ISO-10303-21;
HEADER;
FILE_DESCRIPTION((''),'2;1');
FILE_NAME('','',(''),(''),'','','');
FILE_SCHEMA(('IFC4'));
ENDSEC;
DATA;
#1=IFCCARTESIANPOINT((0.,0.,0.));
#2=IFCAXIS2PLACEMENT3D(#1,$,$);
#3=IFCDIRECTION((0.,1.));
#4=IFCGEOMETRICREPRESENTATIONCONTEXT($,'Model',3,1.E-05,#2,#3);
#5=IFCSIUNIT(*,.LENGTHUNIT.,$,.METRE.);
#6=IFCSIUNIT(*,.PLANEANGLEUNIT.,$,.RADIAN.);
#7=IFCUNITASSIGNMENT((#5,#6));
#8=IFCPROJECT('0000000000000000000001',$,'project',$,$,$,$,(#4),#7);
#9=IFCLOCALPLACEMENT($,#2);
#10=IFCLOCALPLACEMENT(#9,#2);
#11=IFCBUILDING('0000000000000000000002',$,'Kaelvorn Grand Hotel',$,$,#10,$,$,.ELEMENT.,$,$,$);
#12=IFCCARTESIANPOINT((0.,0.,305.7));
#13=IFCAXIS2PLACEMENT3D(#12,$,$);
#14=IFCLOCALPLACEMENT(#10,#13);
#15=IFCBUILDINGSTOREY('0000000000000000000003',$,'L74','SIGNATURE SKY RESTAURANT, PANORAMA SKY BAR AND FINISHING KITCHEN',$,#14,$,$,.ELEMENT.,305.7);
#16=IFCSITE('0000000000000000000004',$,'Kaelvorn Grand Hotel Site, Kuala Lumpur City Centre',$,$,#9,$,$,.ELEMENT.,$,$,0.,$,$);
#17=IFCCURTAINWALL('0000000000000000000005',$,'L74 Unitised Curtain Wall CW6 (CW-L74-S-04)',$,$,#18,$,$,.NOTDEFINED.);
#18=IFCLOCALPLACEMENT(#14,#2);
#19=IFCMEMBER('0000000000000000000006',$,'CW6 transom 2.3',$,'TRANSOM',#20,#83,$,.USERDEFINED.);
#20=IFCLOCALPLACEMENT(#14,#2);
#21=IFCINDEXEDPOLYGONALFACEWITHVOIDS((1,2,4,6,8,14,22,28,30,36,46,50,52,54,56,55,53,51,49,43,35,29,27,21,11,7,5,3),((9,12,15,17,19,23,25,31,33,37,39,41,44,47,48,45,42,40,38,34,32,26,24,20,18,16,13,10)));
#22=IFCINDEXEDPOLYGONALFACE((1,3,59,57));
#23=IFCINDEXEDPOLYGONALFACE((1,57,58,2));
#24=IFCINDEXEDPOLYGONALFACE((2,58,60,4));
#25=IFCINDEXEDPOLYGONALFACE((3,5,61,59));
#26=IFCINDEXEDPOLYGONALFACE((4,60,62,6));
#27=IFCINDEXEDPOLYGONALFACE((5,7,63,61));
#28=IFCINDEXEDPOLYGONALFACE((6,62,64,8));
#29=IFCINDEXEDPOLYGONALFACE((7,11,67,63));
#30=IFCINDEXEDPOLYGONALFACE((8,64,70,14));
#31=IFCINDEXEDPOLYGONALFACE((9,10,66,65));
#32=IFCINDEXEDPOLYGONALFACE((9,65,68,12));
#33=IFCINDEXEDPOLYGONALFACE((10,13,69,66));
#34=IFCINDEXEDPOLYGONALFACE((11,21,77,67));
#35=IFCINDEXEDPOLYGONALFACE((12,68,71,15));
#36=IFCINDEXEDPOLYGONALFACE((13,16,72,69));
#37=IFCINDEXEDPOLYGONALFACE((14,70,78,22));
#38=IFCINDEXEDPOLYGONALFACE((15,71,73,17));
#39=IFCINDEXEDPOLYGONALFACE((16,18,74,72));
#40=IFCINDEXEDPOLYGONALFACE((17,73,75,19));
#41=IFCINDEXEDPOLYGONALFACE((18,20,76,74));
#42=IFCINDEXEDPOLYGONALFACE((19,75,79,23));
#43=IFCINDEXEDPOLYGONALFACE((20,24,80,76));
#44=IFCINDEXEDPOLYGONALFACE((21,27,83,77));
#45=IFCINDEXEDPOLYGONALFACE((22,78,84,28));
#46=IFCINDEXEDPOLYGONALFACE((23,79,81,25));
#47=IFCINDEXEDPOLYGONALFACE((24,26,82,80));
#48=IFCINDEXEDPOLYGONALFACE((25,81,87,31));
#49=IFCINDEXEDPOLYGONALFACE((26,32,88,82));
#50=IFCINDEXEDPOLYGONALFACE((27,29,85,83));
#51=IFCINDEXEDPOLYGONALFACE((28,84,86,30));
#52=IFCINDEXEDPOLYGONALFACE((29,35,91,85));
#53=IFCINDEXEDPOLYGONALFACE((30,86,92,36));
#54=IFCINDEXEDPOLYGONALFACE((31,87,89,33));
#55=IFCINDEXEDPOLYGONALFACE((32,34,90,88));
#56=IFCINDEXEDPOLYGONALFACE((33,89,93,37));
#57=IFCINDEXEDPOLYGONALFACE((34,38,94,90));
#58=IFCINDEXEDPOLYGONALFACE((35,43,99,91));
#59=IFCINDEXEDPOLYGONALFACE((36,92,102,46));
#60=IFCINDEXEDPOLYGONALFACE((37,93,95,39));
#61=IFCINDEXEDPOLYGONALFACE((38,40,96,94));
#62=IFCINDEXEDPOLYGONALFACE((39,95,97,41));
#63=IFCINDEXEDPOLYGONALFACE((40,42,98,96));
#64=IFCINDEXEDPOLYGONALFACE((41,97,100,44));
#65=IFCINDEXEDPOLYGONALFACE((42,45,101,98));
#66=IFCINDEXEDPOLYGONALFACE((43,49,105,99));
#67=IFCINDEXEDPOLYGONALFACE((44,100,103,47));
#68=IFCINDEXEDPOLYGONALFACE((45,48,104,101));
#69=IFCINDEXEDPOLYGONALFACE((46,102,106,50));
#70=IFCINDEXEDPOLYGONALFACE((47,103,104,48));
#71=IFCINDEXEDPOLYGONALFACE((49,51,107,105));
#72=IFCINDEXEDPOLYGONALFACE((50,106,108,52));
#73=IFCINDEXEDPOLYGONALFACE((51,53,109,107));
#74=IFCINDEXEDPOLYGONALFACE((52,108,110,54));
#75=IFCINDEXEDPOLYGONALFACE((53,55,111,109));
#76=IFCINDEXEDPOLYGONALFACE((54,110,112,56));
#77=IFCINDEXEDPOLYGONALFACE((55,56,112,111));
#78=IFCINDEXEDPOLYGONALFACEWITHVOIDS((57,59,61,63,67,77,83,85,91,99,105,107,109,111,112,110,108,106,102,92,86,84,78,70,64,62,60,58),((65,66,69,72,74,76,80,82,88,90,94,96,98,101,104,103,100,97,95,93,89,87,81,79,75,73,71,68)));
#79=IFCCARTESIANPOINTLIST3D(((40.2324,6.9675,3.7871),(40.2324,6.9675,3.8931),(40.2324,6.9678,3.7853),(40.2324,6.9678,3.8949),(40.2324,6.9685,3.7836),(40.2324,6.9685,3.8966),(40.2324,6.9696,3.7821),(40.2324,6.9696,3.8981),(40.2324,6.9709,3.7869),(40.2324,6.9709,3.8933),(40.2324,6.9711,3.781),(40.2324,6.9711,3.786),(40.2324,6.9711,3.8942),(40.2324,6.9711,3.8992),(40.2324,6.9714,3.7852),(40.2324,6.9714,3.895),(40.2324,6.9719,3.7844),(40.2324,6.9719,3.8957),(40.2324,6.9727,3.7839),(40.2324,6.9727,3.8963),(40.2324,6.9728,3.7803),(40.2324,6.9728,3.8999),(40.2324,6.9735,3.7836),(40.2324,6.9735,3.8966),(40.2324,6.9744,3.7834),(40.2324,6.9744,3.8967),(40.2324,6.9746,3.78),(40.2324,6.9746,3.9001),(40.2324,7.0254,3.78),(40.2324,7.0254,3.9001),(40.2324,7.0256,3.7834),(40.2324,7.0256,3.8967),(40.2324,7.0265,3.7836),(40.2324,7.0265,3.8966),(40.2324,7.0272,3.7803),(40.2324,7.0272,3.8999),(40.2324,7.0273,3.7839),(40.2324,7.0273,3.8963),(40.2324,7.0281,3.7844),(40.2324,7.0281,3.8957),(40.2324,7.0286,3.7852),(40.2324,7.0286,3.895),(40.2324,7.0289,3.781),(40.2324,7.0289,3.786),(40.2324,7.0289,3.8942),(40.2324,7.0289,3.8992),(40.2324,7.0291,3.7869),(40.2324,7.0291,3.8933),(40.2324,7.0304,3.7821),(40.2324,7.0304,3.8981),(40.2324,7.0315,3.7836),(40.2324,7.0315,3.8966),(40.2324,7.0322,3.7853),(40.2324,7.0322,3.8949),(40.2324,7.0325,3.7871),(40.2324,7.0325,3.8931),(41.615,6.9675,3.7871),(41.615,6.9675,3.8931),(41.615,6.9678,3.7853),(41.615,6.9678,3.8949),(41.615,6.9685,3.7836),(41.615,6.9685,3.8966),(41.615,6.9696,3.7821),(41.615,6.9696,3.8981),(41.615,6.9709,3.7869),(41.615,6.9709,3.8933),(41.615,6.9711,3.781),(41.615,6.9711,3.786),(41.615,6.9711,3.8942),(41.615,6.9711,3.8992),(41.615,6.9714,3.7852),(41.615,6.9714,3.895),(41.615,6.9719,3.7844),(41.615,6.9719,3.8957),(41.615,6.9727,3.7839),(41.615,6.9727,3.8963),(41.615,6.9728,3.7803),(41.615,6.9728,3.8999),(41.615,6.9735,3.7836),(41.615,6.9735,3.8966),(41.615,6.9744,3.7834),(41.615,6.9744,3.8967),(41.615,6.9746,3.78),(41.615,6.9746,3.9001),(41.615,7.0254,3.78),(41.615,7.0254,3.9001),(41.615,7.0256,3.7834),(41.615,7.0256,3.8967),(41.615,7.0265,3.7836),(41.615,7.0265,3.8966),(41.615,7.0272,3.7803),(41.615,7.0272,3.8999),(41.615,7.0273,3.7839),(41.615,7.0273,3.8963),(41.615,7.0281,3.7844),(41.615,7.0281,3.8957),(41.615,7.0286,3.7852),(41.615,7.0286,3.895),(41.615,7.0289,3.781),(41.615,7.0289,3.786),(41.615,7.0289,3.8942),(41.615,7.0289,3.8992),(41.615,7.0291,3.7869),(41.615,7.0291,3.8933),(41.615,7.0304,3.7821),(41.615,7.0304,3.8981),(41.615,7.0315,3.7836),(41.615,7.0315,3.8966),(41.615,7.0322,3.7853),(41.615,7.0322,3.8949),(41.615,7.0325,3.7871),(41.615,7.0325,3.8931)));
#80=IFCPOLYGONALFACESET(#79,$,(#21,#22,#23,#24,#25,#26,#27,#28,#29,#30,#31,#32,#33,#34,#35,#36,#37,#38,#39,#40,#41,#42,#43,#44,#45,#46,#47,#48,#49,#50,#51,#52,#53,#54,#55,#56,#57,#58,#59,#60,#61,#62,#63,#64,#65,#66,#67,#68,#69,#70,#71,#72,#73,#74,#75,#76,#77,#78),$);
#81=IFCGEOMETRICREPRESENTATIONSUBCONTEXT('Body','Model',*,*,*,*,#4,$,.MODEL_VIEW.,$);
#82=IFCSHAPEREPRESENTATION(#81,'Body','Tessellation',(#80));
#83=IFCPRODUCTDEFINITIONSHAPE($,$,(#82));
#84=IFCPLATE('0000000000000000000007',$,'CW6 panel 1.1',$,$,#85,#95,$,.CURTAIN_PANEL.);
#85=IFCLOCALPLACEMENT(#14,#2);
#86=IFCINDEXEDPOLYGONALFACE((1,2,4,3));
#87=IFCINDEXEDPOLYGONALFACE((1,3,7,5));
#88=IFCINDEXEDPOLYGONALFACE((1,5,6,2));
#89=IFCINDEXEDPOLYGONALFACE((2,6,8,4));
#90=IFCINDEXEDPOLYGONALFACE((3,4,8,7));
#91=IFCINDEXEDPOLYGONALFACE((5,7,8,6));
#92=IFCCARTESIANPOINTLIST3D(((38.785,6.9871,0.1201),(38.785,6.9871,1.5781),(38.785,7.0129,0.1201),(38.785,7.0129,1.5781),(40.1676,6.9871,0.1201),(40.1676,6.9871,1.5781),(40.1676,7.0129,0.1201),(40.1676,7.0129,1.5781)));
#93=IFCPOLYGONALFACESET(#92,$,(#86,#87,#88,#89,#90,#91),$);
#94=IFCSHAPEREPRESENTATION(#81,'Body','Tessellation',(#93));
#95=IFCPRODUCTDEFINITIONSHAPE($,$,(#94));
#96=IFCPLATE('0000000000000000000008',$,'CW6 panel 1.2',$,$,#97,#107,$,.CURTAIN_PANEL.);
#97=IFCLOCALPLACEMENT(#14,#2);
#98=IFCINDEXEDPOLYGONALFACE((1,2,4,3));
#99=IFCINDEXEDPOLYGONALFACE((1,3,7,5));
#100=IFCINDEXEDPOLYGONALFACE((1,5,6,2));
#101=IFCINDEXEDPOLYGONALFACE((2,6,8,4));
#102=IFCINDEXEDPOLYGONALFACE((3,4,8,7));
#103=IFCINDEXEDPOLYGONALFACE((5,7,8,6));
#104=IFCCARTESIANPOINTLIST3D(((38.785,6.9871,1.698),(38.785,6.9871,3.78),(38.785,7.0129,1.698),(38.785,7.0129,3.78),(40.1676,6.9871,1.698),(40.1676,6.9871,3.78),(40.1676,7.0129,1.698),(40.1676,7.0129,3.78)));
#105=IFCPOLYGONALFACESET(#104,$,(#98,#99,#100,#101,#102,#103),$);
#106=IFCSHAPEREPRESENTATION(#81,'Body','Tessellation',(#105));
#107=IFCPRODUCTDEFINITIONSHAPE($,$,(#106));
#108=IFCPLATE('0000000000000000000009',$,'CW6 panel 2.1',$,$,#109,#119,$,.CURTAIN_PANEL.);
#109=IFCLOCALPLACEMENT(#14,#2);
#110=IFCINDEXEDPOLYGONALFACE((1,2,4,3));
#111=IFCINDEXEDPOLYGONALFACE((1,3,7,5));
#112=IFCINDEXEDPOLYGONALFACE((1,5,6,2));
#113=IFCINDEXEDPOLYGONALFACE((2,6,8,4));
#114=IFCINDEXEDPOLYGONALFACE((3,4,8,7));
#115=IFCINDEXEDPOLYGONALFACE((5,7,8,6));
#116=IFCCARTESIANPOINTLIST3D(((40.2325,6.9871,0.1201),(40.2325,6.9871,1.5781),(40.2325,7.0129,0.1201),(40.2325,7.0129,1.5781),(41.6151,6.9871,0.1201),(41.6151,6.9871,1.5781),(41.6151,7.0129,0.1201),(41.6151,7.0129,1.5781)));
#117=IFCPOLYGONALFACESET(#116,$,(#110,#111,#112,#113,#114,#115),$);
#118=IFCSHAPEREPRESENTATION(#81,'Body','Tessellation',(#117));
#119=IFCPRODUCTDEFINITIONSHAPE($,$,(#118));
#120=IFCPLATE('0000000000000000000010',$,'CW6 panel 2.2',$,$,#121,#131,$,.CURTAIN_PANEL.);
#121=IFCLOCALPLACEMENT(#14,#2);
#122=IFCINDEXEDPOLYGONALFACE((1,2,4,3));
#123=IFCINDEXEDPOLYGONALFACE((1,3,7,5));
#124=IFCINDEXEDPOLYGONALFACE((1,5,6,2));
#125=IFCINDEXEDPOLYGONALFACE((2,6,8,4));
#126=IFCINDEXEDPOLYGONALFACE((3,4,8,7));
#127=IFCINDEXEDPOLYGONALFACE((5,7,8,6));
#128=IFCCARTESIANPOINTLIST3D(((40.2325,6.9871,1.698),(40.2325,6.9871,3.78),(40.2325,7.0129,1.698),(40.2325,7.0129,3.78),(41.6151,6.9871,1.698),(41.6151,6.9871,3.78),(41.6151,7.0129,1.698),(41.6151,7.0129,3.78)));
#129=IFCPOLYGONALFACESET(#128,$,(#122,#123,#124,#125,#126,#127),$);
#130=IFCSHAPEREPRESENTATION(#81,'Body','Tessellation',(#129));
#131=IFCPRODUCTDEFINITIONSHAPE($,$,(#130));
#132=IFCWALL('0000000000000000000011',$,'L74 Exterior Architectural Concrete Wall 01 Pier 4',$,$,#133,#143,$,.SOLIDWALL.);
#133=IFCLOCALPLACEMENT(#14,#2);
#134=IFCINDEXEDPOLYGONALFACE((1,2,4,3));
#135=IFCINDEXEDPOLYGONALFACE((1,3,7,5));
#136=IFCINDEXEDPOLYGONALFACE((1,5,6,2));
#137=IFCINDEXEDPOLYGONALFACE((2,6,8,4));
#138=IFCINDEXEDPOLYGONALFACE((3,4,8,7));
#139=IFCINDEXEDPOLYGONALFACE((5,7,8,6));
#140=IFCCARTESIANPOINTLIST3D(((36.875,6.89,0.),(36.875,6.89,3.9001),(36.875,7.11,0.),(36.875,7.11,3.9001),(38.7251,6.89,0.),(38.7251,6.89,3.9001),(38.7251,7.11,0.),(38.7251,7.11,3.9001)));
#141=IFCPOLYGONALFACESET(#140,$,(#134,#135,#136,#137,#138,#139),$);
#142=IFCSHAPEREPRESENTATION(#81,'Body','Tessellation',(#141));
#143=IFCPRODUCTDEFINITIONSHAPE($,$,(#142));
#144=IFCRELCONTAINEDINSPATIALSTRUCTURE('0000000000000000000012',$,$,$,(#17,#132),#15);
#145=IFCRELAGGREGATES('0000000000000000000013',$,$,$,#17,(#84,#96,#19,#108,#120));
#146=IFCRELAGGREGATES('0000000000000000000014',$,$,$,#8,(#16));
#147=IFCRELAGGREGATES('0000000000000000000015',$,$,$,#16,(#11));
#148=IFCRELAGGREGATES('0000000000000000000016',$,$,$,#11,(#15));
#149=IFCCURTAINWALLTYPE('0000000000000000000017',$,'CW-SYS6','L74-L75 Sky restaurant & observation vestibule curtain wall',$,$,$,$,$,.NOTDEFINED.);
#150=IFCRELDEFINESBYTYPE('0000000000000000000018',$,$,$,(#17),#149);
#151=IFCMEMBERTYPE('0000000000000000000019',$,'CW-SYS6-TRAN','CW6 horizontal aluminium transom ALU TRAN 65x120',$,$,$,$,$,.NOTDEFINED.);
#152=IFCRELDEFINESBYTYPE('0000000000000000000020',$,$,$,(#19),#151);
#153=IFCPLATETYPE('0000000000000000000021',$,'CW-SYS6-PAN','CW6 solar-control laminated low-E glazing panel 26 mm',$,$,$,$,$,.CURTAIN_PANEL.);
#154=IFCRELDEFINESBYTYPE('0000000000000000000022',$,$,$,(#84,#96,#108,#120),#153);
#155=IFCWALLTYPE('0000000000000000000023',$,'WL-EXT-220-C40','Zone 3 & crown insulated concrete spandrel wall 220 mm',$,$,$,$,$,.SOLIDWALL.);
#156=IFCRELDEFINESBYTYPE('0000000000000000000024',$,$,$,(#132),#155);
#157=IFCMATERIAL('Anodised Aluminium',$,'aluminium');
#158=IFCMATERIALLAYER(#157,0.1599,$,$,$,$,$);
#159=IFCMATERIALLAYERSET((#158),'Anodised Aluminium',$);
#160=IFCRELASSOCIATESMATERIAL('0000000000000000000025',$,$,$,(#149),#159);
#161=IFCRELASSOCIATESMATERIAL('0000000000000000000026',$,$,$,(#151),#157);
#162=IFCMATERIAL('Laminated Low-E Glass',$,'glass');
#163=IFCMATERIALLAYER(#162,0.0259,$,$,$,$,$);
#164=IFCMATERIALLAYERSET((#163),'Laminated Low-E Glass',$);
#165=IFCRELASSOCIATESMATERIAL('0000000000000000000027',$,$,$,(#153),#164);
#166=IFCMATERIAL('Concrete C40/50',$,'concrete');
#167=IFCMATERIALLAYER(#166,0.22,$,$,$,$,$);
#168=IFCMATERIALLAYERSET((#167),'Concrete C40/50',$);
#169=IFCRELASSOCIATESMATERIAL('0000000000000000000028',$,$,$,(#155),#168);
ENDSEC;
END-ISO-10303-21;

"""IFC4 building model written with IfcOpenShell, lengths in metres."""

from ifc_helpers import new_model, si_unit, direction, frame, frame_2d, origin, origin_2d, place, context, subcontext, project, spatial, rectangle, hollow_rectangle, extrude, material, layer, layer_set, material_profile, profile_set, type_object, element, aggregate, save


model = new_model("IFC4")

# Units and contexts
model_context = context("Model", 3, precision=1e-05, world=origin(), true_north=direction((0.0, 1.0)))
body_context = subcontext(model_context, "Body", "Model", "MODEL_VIEW")
ifc_project = project(units=[si_unit("LENGTHUNIT", "METRE"), si_unit("PLANEANGLEUNIT", "RADIAN")], contexts=[model_context])

# Site, building, storey
site_placement = place(None, origin())
site = spatial("IfcSite", under=ifc_project, at=site_placement, Name="Kaelvorn Grand Hotel Site, Kuala Lumpur City Centre", CompositionType="ELEMENT", RefElevation=0.0)
building_placement = place(site_placement, origin())
building = spatial("IfcBuilding", under=site, at=building_placement, Name="Kaelvorn Grand Hotel", CompositionType="ELEMENT")
storey_placement = place(building_placement, frame((0.0, 0.0, 305.7)))
storey = spatial("IfcBuildingStorey", under=building, at=storey_placement, Name="L74", Description="SIGNATURE SKY RESTAURANT, PANORAMA SKY BAR AND FINISHING KITCHEN", CompositionType="ELEMENT", Elevation=305.7)

# Shared definitions
ifc_material_1 = material(Name="Anodised Aluminium", Category="aluminium")
ifc_layer_1 = layer(ifc_material_1, 0.1599)
ifc_layer_set_1 = layer_set([ifc_layer_1], Name="Anodised Aluminium")
curtain_wall_type = type_object("IfcCurtainWallType", Name="CW-SYS6", Description="L74-L75 Sky restaurant & observation vestibule curtain wall", PredefinedType="NOTDEFINED", material=ifc_layer_set_1)

# Curtain wall, member, plates
curtain_wall_1_placement = place(storey_placement, origin())
curtain_wall_1 = element("IfcCurtainWall", 1, at=curtain_wall_1_placement, inside=storey, type_object=curtain_wall_type, Name="L74 Unitised Curtain Wall CW6 (CW-L74-S-04)", PredefinedType="NOTDEFINED")
ifc_material_profile_1 = material_profile(ifc_material_1, hollow_rectangle(XDim=0.0649, YDim=0.1201, WallThickness=0.0034, InnerFilletRadius=0.0034, OuterFilletRadius=0.0071, at=origin_2d()), Name="ALU TRAN 65x120")
ifc_profile_set_1 = profile_set([ifc_material_profile_1], Name="Anodised Aluminium")
member_type_1 = type_object("IfcMemberType", Name="CW-SYS6-TRAN", Description="CW6 horizontal aluminium transom ALU TRAN 65x120", PredefinedType="NOTDEFINED", material=ifc_profile_set_1)
member_1_placement = place(storey_placement, frame((40.2324, 7.0, 3.8401), z_axis=(1.0, 0.0, 0.0), x_axis=(0.0, 1.0, 0.0)))
member_1 = element("IfcMember", 2, at=member_1_placement, type_object=member_type_1, Name="CW6 transom 2.3", ObjectType="TRANSOM", PredefinedType="USERDEFINED", context=body_context, shape_type="SweptSolid", body=[
    extrude(hollow_rectangle(XDim=0.0649, YDim=0.1201, WallThickness=0.0034, InnerFilletRadius=0.0034, OuterFilletRadius=0.0071, at=origin_2d()), origin(), (0.0, 0.0, 1.0), 1.3826),
])
ifc_material_2 = material(Name="Laminated Low-E Glass", Category="glass")
ifc_layer_2 = layer(ifc_material_2, 0.0259)
ifc_layer_set_2 = layer_set([ifc_layer_2], Name="Laminated Low-E Glass")
plate_type = type_object("IfcPlateType", Name="CW-SYS6-PAN", Description="CW6 solar-control laminated low-E glazing panel 26 mm", PredefinedType="CURTAIN_PANEL", material=ifc_layer_set_2)
plate_1_placement = place(storey_placement, frame((39.4763, 7.0, 0.1201), z_axis=(0.0, 0.0, 1.0), x_axis=(1.0, 0.0, 0.0)))
plate_1 = element("IfcPlate", 3, at=plate_1_placement, type_object=plate_type, Name="CW6 panel 1.1", PredefinedType="CURTAIN_PANEL", context=body_context, shape_type="SweptSolid", body=[
    extrude(rectangle(XDim=1.3826, YDim=0.0259, at=origin_2d()), origin(), (0.0, 0.0, 1.0), 1.458),
])
plate_2_placement = place(storey_placement, frame((39.4763, 7.0, 1.698), z_axis=(0.0, 0.0, 1.0), x_axis=(1.0, 0.0, 0.0)))
plate_2 = element("IfcPlate", 4, at=plate_2_placement, type_object=plate_type, Name="CW6 panel 1.2", PredefinedType="CURTAIN_PANEL", context=body_context, shape_type="SweptSolid", body=[
    extrude(rectangle(XDim=1.3826, YDim=0.0259, at=origin_2d()), origin(), (0.0, 0.0, 1.0), 2.082),
])
plate_3_placement = place(storey_placement, frame((40.9238, 7.0, 0.1201), z_axis=(0.0, 0.0, 1.0), x_axis=(1.0, 0.0, 0.0)))
plate_3 = element("IfcPlate", 5, at=plate_3_placement, type_object=plate_type, Name="CW6 panel 2.1", PredefinedType="CURTAIN_PANEL", context=body_context, shape_type="SweptSolid", body=[
    extrude(rectangle(XDim=1.3826, YDim=0.0259, at=origin_2d()), origin(), (0.0, 0.0, 1.0), 1.458),
])
plate_4_placement = place(storey_placement, frame((40.9238, 7.0, 1.698), z_axis=(0.0, 0.0, 1.0), x_axis=(1.0, 0.0, 0.0)))
plate_4 = element("IfcPlate", 6, at=plate_4_placement, type_object=plate_type, Name="CW6 panel 2.2", PredefinedType="CURTAIN_PANEL", context=body_context, shape_type="SweptSolid", body=[
    extrude(rectangle(XDim=1.3826, YDim=0.0259, at=origin_2d()), origin(), (0.0, 0.0, 1.0), 2.082),
])
aggregate(curtain_wall_1, [plate_1, plate_2, member_1, plate_3, plate_4])

# Wall
ifc_material_3 = material(Name="Concrete C40/50", Category="concrete")
ifc_layer_3 = layer(ifc_material_3, 0.22)
ifc_layer_set_3 = layer_set([ifc_layer_3], Name="Concrete C40/50")
wall_type = type_object("IfcWallType", Name="WL-EXT-220-C40", Description="Zone 3 & crown insulated concrete spandrel wall 220 mm", PredefinedType="SOLIDWALL", material=ifc_layer_set_3)
wall_placement = place(storey_placement, frame((36.875, 7.0, 0.0), z_axis=(0.0, 0.0, 1.0), x_axis=(1.0, 0.0, 0.0)))
element("IfcWall", 7, at=wall_placement, inside=storey, type_object=wall_type, Name="L74 Exterior Architectural Concrete Wall 01 Pier 4", PredefinedType="SOLIDWALL", context=body_context, shape_type="SweptSolid", body=[
    extrude(rectangle(XDim=1.8501, YDim=0.22, at=frame_2d((0.925, 0.0))), origin(), (0.0, 0.0, 1.0), 3.9001),
])

save(model, "model.ifc")
